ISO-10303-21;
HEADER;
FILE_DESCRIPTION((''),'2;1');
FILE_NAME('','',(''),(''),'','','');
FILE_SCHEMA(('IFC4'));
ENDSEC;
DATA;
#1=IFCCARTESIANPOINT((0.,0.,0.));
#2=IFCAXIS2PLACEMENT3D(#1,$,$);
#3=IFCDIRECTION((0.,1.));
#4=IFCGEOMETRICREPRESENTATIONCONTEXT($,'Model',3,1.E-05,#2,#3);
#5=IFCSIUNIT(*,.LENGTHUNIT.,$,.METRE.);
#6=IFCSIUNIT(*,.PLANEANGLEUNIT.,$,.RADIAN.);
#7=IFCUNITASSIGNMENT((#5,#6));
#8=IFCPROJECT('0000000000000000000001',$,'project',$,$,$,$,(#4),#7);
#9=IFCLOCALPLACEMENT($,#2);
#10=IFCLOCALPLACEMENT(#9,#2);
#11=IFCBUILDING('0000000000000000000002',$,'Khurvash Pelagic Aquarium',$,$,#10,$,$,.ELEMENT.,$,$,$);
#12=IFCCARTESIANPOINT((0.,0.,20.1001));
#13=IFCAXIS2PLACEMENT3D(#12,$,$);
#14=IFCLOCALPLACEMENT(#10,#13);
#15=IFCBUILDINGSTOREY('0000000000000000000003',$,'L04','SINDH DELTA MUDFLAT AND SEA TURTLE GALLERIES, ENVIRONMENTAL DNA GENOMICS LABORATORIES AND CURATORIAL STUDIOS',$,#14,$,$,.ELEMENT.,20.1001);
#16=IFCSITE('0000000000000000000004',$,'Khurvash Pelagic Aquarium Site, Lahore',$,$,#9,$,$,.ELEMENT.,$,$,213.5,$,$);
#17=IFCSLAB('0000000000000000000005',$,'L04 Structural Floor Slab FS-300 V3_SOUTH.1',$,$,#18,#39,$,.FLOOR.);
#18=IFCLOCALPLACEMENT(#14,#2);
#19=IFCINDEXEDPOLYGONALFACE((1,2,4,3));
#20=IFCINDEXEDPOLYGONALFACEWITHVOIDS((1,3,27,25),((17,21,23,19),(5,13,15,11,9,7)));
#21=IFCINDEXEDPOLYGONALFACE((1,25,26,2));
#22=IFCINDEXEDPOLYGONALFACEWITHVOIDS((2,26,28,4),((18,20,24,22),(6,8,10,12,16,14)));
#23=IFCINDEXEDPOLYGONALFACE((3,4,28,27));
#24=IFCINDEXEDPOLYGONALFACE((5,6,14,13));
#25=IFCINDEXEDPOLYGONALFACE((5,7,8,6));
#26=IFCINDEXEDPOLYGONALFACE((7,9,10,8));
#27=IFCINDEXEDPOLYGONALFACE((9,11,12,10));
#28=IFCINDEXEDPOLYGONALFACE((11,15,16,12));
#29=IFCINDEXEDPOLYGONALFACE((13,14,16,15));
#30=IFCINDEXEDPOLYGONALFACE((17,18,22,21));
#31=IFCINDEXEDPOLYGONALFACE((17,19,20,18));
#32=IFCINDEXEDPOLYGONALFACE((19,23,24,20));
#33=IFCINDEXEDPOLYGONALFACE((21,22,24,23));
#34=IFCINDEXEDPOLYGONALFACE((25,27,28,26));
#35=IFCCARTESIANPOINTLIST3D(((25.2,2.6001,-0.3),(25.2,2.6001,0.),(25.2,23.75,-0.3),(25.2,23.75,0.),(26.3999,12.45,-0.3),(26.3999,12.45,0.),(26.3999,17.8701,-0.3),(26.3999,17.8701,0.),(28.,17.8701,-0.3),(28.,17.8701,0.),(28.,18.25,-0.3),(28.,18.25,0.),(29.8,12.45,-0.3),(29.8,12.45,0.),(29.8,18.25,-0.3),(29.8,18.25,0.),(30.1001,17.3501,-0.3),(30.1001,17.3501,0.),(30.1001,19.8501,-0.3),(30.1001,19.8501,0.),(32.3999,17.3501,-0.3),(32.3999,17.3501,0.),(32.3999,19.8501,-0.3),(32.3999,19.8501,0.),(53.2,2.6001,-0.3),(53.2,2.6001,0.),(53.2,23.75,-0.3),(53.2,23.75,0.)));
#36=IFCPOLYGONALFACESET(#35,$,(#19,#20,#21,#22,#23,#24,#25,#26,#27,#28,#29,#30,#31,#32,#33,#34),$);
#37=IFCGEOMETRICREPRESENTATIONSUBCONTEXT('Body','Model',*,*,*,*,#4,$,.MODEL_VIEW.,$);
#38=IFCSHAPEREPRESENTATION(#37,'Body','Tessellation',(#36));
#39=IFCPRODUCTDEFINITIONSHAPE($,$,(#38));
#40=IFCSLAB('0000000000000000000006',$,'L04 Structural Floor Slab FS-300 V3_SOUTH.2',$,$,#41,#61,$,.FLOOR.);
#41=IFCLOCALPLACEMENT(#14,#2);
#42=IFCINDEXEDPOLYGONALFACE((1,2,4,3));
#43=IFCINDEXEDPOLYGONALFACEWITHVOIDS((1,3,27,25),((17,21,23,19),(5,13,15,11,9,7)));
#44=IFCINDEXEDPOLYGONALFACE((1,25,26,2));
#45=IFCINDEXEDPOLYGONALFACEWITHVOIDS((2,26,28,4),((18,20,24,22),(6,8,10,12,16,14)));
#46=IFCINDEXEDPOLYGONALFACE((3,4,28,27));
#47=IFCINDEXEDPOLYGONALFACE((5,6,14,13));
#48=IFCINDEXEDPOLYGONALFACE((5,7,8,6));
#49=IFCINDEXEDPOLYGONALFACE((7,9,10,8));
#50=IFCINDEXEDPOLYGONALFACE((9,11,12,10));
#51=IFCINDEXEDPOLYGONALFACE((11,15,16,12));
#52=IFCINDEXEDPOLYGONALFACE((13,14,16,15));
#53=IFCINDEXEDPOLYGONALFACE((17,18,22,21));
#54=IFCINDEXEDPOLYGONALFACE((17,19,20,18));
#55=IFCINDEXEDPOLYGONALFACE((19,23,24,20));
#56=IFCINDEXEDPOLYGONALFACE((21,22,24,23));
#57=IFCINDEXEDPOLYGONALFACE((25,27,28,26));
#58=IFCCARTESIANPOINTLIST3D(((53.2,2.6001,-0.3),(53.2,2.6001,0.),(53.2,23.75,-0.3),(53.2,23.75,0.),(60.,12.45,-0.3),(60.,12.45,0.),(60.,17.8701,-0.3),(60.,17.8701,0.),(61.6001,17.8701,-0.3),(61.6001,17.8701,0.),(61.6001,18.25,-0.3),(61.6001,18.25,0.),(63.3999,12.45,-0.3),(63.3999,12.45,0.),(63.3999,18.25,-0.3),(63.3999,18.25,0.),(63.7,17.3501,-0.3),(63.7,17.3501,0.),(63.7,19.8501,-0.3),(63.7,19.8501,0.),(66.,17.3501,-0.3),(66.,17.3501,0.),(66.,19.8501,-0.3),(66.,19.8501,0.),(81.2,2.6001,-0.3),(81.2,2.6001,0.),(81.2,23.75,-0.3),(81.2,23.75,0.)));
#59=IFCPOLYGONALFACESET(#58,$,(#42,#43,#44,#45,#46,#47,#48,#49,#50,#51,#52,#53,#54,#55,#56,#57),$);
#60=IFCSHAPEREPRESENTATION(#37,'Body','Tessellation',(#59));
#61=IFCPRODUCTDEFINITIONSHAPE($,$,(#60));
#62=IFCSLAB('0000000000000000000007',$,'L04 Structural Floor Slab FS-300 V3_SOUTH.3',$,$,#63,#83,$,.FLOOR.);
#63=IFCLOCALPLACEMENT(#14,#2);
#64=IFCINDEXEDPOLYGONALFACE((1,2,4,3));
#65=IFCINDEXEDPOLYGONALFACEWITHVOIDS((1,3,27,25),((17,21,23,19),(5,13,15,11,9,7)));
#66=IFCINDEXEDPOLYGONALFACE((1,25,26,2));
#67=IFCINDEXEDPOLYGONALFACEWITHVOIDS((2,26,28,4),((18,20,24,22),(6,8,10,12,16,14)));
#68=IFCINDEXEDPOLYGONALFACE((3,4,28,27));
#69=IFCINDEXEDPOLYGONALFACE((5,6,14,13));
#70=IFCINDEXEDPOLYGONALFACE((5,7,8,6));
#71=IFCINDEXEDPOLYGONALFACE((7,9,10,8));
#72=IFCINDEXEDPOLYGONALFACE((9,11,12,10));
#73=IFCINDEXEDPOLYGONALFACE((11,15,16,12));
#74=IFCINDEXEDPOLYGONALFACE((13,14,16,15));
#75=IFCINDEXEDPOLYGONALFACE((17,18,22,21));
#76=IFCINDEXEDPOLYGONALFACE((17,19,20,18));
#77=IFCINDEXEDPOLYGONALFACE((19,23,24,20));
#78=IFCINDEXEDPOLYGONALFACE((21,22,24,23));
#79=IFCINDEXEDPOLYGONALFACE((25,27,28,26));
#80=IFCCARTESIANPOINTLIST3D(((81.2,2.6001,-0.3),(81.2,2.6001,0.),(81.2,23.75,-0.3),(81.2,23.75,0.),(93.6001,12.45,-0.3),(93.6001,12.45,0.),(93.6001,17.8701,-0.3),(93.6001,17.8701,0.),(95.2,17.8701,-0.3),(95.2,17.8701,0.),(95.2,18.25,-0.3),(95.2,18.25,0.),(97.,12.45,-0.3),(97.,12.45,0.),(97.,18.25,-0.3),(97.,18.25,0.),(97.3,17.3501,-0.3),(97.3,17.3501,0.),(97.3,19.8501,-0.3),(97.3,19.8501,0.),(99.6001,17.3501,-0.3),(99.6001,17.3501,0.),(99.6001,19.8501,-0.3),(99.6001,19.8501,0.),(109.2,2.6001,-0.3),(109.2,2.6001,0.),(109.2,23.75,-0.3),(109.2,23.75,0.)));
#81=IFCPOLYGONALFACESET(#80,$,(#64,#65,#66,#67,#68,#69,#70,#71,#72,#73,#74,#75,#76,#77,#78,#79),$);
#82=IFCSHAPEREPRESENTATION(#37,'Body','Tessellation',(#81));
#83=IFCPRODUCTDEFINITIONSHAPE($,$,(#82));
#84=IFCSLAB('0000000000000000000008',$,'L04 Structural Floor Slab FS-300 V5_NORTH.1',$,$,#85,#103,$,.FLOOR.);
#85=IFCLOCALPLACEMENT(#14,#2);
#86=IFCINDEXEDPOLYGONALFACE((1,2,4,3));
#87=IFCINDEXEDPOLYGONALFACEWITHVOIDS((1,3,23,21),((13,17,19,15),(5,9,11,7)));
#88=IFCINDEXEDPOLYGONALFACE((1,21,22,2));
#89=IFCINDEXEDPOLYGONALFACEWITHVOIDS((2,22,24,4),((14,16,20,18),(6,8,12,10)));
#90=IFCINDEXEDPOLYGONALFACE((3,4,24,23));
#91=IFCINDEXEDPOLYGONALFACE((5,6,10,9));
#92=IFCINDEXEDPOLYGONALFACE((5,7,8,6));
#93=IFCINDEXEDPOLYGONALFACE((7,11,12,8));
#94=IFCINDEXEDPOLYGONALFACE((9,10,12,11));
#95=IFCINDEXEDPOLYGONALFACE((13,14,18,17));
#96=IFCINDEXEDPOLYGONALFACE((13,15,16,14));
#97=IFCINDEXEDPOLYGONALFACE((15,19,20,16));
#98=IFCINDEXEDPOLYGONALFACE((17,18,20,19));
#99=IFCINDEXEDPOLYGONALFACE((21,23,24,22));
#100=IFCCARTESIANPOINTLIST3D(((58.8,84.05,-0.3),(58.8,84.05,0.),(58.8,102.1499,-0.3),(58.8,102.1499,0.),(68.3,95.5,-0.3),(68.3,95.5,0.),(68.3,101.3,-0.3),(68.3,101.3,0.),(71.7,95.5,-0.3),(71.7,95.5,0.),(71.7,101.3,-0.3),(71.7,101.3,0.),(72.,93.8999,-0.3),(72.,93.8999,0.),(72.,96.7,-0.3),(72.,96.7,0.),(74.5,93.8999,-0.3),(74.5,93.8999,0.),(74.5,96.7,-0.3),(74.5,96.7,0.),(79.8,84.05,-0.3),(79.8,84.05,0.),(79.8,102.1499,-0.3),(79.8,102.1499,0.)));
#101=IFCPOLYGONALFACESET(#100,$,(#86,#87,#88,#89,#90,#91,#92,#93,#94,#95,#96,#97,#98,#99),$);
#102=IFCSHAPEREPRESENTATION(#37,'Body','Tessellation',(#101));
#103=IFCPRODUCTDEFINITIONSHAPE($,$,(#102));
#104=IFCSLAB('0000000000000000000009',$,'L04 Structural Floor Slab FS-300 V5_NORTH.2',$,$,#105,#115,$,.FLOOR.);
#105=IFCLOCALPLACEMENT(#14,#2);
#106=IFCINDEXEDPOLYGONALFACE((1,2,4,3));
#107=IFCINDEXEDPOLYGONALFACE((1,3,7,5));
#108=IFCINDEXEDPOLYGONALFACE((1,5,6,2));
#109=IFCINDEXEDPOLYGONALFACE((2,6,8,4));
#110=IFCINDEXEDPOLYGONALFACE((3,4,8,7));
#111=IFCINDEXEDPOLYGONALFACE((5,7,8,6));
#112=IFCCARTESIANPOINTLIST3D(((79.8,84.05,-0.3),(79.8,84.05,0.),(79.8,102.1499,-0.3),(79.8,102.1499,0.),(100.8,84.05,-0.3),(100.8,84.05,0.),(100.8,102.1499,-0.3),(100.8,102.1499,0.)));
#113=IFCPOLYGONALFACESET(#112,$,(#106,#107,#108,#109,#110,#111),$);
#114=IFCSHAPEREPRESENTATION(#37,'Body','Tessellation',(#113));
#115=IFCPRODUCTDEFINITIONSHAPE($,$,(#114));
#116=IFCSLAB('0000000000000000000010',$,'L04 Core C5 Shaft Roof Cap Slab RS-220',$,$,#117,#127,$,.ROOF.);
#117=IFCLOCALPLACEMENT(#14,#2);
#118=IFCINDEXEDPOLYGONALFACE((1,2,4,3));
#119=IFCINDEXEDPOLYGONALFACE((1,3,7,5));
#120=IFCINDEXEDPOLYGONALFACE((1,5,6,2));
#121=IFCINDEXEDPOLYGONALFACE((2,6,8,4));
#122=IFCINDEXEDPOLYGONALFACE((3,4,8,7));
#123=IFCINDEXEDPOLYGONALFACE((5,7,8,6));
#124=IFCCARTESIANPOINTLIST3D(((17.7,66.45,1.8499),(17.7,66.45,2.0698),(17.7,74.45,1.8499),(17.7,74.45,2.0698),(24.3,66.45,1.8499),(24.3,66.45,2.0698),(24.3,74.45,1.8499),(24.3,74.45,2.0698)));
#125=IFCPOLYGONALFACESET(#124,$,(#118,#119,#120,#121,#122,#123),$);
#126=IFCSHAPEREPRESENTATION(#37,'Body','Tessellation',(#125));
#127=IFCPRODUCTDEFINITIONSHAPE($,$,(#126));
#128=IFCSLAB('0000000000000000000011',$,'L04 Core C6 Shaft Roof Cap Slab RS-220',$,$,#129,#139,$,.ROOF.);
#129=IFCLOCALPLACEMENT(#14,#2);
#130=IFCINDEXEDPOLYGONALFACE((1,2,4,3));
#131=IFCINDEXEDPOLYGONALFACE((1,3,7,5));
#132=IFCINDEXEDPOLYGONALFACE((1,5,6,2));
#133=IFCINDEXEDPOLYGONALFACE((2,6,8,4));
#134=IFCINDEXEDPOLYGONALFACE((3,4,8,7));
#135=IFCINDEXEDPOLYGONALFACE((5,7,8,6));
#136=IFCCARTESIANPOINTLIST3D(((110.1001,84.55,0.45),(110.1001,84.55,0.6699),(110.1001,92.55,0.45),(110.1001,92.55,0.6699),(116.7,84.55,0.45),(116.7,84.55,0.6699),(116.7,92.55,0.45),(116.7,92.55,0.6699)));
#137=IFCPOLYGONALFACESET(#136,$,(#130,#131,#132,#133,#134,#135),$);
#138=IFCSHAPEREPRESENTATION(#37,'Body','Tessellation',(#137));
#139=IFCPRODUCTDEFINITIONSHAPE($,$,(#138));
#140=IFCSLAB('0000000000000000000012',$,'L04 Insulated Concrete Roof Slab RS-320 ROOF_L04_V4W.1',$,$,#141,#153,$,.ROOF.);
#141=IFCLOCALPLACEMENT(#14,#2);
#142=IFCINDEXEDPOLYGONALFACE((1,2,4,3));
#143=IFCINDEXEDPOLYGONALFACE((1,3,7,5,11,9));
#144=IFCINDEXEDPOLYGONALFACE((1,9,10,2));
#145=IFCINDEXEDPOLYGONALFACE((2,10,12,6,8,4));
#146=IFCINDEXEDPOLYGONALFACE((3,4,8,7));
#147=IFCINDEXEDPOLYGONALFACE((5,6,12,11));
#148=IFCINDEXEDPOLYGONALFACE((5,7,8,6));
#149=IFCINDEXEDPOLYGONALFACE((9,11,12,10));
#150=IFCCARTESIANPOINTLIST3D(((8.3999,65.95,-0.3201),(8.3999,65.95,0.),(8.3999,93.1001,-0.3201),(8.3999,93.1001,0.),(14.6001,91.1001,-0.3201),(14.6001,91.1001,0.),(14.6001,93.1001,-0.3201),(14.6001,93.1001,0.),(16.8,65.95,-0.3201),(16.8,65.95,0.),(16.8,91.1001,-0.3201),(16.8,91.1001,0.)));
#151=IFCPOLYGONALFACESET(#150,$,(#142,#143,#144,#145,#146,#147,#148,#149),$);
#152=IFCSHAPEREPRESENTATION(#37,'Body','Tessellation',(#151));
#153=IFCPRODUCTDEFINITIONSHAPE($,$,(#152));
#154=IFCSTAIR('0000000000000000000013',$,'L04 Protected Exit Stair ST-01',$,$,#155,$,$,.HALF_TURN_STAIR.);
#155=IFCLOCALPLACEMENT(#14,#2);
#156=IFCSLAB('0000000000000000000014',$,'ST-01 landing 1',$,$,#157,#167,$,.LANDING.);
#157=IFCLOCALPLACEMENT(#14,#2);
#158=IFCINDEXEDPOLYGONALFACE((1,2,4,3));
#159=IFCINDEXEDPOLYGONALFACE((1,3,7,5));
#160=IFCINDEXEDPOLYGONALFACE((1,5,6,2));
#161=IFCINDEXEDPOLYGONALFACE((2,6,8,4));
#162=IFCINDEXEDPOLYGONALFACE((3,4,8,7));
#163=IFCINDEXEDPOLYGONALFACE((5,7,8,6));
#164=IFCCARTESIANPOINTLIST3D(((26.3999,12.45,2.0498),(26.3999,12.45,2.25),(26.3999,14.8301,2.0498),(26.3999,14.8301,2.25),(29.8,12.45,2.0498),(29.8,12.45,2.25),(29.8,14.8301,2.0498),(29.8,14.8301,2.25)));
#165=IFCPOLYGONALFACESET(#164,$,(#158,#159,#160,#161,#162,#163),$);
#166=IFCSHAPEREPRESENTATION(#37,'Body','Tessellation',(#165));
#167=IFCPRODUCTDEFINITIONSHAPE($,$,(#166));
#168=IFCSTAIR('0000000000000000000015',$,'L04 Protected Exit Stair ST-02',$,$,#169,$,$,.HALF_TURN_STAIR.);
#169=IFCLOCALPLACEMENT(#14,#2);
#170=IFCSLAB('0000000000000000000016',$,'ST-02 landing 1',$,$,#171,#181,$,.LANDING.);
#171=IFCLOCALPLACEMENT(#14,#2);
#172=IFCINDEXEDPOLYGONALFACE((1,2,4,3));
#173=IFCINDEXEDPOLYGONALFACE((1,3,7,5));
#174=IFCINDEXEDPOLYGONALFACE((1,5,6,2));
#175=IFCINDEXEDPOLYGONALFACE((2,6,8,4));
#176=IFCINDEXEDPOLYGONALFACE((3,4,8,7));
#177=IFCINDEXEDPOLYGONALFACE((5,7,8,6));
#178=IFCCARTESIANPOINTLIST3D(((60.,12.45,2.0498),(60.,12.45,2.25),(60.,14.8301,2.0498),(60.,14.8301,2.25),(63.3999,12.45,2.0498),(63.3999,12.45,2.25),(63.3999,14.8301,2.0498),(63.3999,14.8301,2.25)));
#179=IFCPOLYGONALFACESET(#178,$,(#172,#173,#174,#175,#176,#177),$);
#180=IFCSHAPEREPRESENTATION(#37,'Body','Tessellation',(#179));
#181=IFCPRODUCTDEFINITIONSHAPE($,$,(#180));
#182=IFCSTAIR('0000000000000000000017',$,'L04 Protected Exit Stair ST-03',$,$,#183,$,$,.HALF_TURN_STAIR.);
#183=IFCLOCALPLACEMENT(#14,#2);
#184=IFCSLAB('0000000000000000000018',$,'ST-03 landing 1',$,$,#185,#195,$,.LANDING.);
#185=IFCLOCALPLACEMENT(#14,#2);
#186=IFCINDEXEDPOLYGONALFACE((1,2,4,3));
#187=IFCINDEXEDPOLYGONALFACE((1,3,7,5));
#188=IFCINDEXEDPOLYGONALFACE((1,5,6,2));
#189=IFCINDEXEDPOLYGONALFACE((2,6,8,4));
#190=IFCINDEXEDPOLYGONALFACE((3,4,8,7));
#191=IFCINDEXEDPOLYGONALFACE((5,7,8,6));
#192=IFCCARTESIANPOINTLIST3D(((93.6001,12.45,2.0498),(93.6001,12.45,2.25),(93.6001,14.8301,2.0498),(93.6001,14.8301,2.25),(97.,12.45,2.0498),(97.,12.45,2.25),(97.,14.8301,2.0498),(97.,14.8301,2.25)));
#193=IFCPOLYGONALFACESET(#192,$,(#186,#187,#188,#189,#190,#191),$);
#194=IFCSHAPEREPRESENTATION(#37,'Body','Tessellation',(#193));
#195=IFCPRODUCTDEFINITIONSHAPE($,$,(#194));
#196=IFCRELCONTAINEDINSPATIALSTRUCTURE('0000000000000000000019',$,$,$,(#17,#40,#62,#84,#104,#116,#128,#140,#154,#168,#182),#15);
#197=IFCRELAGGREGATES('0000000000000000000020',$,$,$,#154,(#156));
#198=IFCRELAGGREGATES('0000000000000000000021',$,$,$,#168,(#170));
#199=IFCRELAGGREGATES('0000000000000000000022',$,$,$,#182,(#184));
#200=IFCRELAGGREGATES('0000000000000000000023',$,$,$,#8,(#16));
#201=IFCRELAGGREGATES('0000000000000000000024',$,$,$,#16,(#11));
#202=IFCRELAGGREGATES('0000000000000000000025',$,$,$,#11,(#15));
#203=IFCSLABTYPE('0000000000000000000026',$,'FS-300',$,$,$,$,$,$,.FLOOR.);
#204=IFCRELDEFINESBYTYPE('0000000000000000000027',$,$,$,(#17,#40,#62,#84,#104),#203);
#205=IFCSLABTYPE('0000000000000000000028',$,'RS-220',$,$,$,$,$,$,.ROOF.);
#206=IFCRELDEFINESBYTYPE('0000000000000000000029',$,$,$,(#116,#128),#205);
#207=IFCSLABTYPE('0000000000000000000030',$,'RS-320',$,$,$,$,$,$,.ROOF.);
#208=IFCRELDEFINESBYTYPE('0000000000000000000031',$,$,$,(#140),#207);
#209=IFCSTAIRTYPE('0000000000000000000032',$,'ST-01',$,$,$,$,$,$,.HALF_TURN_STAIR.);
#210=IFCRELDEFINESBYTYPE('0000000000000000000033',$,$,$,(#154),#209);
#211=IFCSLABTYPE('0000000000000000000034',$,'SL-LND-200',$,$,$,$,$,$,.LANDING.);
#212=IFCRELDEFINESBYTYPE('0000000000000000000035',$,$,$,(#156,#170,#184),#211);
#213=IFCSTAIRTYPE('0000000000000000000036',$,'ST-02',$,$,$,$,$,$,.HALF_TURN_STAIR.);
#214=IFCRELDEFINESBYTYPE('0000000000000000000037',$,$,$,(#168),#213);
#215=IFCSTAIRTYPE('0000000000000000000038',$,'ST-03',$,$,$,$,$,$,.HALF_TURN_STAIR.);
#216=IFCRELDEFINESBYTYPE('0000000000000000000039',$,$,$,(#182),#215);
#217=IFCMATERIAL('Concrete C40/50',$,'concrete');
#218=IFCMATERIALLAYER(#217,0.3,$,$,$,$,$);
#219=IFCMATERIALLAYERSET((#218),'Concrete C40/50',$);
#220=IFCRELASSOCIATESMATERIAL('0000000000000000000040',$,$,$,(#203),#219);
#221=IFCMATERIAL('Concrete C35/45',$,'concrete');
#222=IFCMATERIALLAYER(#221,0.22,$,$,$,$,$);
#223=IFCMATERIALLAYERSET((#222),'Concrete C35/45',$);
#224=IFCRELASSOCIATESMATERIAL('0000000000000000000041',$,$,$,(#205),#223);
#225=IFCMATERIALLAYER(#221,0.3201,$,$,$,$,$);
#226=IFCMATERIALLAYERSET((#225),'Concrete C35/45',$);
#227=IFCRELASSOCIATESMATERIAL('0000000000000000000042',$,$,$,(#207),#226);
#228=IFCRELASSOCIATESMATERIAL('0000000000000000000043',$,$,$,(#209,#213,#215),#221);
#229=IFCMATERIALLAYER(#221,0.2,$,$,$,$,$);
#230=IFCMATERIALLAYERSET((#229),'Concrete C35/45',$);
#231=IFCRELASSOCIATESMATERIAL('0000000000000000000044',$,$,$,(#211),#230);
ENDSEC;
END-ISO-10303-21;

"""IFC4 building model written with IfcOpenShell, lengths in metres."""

from ifc_helpers import new_model, si_unit, direction, frame, origin, place, context, subcontext, project, spatial, polyline, outline, extrude, material, layer, layer_set, type_object, element, aggregate, save


model = new_model("IFC4")

# Units and contexts
model_context = context("Model", 3, precision=1e-05, world=origin(), true_north=direction((0.0, 1.0)))
body_context = subcontext(model_context, "Body", "Model", "MODEL_VIEW")
ifc_project = project(units=[si_unit("LENGTHUNIT", "METRE"), si_unit("PLANEANGLEUNIT", "RADIAN")], contexts=[model_context])

# Site, building, storey
site_placement = place(None, origin())
site = spatial("IfcSite", under=ifc_project, at=site_placement, Name="Khurvash Pelagic Aquarium Site, Lahore", CompositionType="ELEMENT", RefElevation=213.5)
building_placement = place(site_placement, origin())
building = spatial("IfcBuilding", under=site, at=building_placement, Name="Khurvash Pelagic Aquarium", CompositionType="ELEMENT")
storey_placement = place(building_placement, frame((0.0, 0.0, 20.1001)))
storey = spatial("IfcBuildingStorey", under=building, at=storey_placement, Name="L04", Description="SINDH DELTA MUDFLAT AND SEA TURTLE GALLERIES, ENVIRONMENTAL DNA GENOMICS LABORATORIES AND CURATORIAL STUDIOS", CompositionType="ELEMENT", Elevation=20.1001)

# Slabs
ifc_material_1 = material(Name="Concrete C40/50", Category="concrete")
ifc_layer_1 = layer(ifc_material_1, 0.3)
ifc_layer_set_1 = layer_set([ifc_layer_1], Name="Concrete C40/50")
slab_type_1 = type_object("IfcSlabType", Name="FS-300", PredefinedType="FLOOR", material=ifc_layer_set_1)
slab_1_placement = place(storey_placement, frame((0.0, 0.0, -0.3)))
element("IfcSlab", 1, at=slab_1_placement, inside=storey, type_object=slab_type_1, Name="L04 Structural Floor Slab FS-300 V3_SOUTH.1", PredefinedType="FLOOR", context=body_context, shape_type="SweptSolid", body=[
    extrude(outline(polyline([(25.2, 2.6001), (53.2, 2.6001), (53.2, 23.75), (25.2, 23.75), (25.2, 2.6001)]), holes=[polyline([(28.0, 18.25), (29.8, 18.25), (29.8, 12.45), (26.3999, 12.45), (26.3999, 17.8701), (28.0, 17.8701), (28.0, 18.25)]), polyline([(32.3999, 17.3501), (30.1001, 17.3501), (30.1001, 19.8501), (32.3999, 19.8501), (32.3999, 17.3501)])]), origin(), (0.0, 0.0, 1.0), 0.3),
])
slab_2_placement = place(storey_placement, frame((0.0, 0.0, -0.3)))
element("IfcSlab", 2, at=slab_2_placement, inside=storey, type_object=slab_type_1, Name="L04 Structural Floor Slab FS-300 V3_SOUTH.2", PredefinedType="FLOOR", context=body_context, shape_type="SweptSolid", body=[
    extrude(outline(polyline([(81.2, 2.6001), (81.2, 23.75), (53.2, 23.75), (53.2, 2.6001), (81.2, 2.6001)]), holes=[polyline([(61.6001, 18.25), (63.3999, 18.25), (63.3999, 12.45), (60.0, 12.45), (60.0, 17.8701), (61.6001, 17.8701), (61.6001, 18.25)]), polyline([(66.0, 17.3501), (63.7, 17.3501), (63.7, 19.8501), (66.0, 19.8501), (66.0, 17.3501)])]), origin(), (0.0, 0.0, 1.0), 0.3),
])
slab_3_placement = place(storey_placement, frame((0.0, 0.0, -0.3)))
element("IfcSlab", 3, at=slab_3_placement, inside=storey, type_object=slab_type_1, Name="L04 Structural Floor Slab FS-300 V3_SOUTH.3", PredefinedType="FLOOR", context=body_context, shape_type="SweptSolid", body=[
    extrude(outline(polyline([(109.2, 2.6001), (109.2, 23.75), (81.2, 23.75), (81.2, 2.6001), (109.2, 2.6001)]), holes=[polyline([(95.2, 18.25), (97.0, 18.25), (97.0, 12.45), (93.6001, 12.45), (93.6001, 17.8701), (95.2, 17.8701), (95.2, 18.25)]), polyline([(99.6001, 17.3501), (97.3, 17.3501), (97.3, 19.8501), (99.6001, 19.8501), (99.6001, 17.3501)])]), origin(), (0.0, 0.0, 1.0), 0.3),
])
slab_4_placement = place(storey_placement, frame((0.0, 0.0, -0.3)))
element("IfcSlab", 4, at=slab_4_placement, inside=storey, type_object=slab_type_1, Name="L04 Structural Floor Slab FS-300 V5_NORTH.1", PredefinedType="FLOOR", context=body_context, shape_type="SweptSolid", body=[
    extrude(outline(polyline([(58.8, 84.05), (79.8, 84.05), (79.8, 102.1499), (58.8, 102.1499), (58.8, 84.05)]), holes=[polyline([(71.7, 101.3), (71.7, 95.5), (68.3, 95.5), (68.3, 101.3), (71.7, 101.3)]), polyline([(74.5, 93.8999), (72.0, 93.8999), (72.0, 96.7), (74.5, 96.7), (74.5, 93.8999)])]), origin(), (0.0, 0.0, 1.0), 0.3),
])
slab_5_placement = place(storey_placement, frame((0.0, 0.0, -0.3)))
element("IfcSlab", 5, at=slab_5_placement, inside=storey, type_object=slab_type_1, Name="L04 Structural Floor Slab FS-300 V5_NORTH.2", PredefinedType="FLOOR", context=body_context, shape_type="SweptSolid", body=[
    extrude(outline(polyline([(79.8, 102.1499), (79.8, 84.05), (100.8, 84.05), (100.8, 102.1499), (79.8, 102.1499)])), origin(), (0.0, 0.0, 1.0), 0.3),
])
ifc_material_2 = material(Name="Concrete C35/45", Category="concrete")
ifc_layer_2 = layer(ifc_material_2, 0.22)
ifc_layer_set_2 = layer_set([ifc_layer_2], Name="Concrete C35/45")
slab_type_2 = type_object("IfcSlabType", Name="RS-220", PredefinedType="ROOF", material=ifc_layer_set_2)
slab_6_placement = place(storey_placement, frame((0.0, 0.0, 1.8499)))
element("IfcSlab", 6, at=slab_6_placement, inside=storey, type_object=slab_type_2, Name="L04 Core C5 Shaft Roof Cap Slab RS-220", PredefinedType="ROOF", context=body_context, shape_type="SweptSolid", body=[
    extrude(outline(polyline([(17.7, 66.45), (24.3, 66.45), (24.3, 74.45), (17.7, 74.45), (17.7, 66.45)])), origin(), (0.0, 0.0, 1.0), 0.22),
])
slab_7_placement = place(storey_placement, frame((0.0, 0.0, 0.45)))
element("IfcSlab", 7, at=slab_7_placement, inside=storey, type_object=slab_type_2, Name="L04 Core C6 Shaft Roof Cap Slab RS-220", PredefinedType="ROOF", context=body_context, shape_type="SweptSolid", body=[
    extrude(outline(polyline([(110.1001, 84.55), (116.7, 84.55), (116.7, 92.55), (110.1001, 92.55), (110.1001, 84.55)])), origin(), (0.0, 0.0, 1.0), 0.22),
])
ifc_layer_3 = layer(ifc_material_2, 0.3201)
ifc_layer_set_3 = layer_set([ifc_layer_3], Name="Concrete C35/45")
slab_type_3 = type_object("IfcSlabType", Name="RS-320", PredefinedType="ROOF", material=ifc_layer_set_3)
slab_8_placement = place(storey_placement, frame((0.0, 0.0, -0.3201)))
element("IfcSlab", 8, at=slab_8_placement, inside=storey, type_object=slab_type_3, Name="L04 Insulated Concrete Roof Slab RS-320 ROOF_L04_V4W.1", PredefinedType="ROOF", context=body_context, shape_type="SweptSolid", body=[
    extrude(outline(polyline([(16.8, 91.1001), (14.6001, 91.1001), (14.6001, 93.1001), (8.3999, 93.1001), (8.3999, 65.95), (16.8, 65.95), (16.8, 91.1001)])), origin(), (0.0, 0.0, 1.0), 0.3201),
])

# Stairs, slabs
stair_type_1 = type_object("IfcStairType", Name="ST-01", PredefinedType="HALF_TURN_STAIR", material=ifc_material_2)
stair_1_placement = place(storey_placement, origin())
stair_1 = element("IfcStair", 9, at=stair_1_placement, inside=storey, type_object=stair_type_1, Name="L04 Protected Exit Stair ST-01", PredefinedType="HALF_TURN_STAIR")
ifc_layer_4 = layer(ifc_material_2, 0.2)
ifc_layer_set_4 = layer_set([ifc_layer_4], Name="Concrete C35/45")
slab_type_4 = type_object("IfcSlabType", Name="SL-LND-200", PredefinedType="LANDING", material=ifc_layer_set_4)
slab_9_placement = place(storey_placement, frame((0.0, 0.0, 2.0498)))
slab_9 = element("IfcSlab", 10, at=slab_9_placement, type_object=slab_type_4, Name="ST-01 landing 1", PredefinedType="LANDING", context=body_context, shape_type="SweptSolid", body=[
    extrude(outline(polyline([(26.3999, 14.8301), (26.3999, 12.45), (29.8, 12.45), (29.8, 14.8301), (26.3999, 14.8301)])), origin(), (0.0, 0.0, 1.0), 0.2002),
])
aggregate(stair_1, [slab_9])
stair_type_2 = type_object("IfcStairType", Name="ST-02", PredefinedType="HALF_TURN_STAIR", material=ifc_material_2)
stair_2_placement = place(storey_placement, origin())
stair_2 = element("IfcStair", 11, at=stair_2_placement, inside=storey, type_object=stair_type_2, Name="L04 Protected Exit Stair ST-02", PredefinedType="HALF_TURN_STAIR")
slab_10_placement = place(storey_placement, frame((0.0, 0.0, 2.0498)))
slab_10 = element("IfcSlab", 12, at=slab_10_placement, type_object=slab_type_4, Name="ST-02 landing 1", PredefinedType="LANDING", context=body_context, shape_type="SweptSolid", body=[
    extrude(outline(polyline([(60.0, 14.8301), (60.0, 12.45), (63.3999, 12.45), (63.3999, 14.8301), (60.0, 14.8301)])), origin(), (0.0, 0.0, 1.0), 0.2002),
])
aggregate(stair_2, [slab_10])
stair_type_3 = type_object("IfcStairType", Name="ST-03", PredefinedType="HALF_TURN_STAIR", material=ifc_material_2)
stair_3_placement = place(storey_placement, origin())
stair_3 = element("IfcStair", 13, at=stair_3_placement, inside=storey, type_object=stair_type_3, Name="L04 Protected Exit Stair ST-03", PredefinedType="HALF_TURN_STAIR")
slab_11_placement = place(storey_placement, frame((0.0, 0.0, 2.0498)))
slab_11 = element("IfcSlab", 14, at=slab_11_placement, type_object=slab_type_4, Name="ST-03 landing 1", PredefinedType="LANDING", context=body_context, shape_type="SweptSolid", body=[
    extrude(outline(polyline([(93.6001, 14.8301), (93.6001, 12.45), (97.0, 12.45), (97.0, 14.8301), (93.6001, 14.8301)])), origin(), (0.0, 0.0, 1.0), 0.2002),
])
aggregate(stair_3, [slab_11])

save(model, "model.ifc")
